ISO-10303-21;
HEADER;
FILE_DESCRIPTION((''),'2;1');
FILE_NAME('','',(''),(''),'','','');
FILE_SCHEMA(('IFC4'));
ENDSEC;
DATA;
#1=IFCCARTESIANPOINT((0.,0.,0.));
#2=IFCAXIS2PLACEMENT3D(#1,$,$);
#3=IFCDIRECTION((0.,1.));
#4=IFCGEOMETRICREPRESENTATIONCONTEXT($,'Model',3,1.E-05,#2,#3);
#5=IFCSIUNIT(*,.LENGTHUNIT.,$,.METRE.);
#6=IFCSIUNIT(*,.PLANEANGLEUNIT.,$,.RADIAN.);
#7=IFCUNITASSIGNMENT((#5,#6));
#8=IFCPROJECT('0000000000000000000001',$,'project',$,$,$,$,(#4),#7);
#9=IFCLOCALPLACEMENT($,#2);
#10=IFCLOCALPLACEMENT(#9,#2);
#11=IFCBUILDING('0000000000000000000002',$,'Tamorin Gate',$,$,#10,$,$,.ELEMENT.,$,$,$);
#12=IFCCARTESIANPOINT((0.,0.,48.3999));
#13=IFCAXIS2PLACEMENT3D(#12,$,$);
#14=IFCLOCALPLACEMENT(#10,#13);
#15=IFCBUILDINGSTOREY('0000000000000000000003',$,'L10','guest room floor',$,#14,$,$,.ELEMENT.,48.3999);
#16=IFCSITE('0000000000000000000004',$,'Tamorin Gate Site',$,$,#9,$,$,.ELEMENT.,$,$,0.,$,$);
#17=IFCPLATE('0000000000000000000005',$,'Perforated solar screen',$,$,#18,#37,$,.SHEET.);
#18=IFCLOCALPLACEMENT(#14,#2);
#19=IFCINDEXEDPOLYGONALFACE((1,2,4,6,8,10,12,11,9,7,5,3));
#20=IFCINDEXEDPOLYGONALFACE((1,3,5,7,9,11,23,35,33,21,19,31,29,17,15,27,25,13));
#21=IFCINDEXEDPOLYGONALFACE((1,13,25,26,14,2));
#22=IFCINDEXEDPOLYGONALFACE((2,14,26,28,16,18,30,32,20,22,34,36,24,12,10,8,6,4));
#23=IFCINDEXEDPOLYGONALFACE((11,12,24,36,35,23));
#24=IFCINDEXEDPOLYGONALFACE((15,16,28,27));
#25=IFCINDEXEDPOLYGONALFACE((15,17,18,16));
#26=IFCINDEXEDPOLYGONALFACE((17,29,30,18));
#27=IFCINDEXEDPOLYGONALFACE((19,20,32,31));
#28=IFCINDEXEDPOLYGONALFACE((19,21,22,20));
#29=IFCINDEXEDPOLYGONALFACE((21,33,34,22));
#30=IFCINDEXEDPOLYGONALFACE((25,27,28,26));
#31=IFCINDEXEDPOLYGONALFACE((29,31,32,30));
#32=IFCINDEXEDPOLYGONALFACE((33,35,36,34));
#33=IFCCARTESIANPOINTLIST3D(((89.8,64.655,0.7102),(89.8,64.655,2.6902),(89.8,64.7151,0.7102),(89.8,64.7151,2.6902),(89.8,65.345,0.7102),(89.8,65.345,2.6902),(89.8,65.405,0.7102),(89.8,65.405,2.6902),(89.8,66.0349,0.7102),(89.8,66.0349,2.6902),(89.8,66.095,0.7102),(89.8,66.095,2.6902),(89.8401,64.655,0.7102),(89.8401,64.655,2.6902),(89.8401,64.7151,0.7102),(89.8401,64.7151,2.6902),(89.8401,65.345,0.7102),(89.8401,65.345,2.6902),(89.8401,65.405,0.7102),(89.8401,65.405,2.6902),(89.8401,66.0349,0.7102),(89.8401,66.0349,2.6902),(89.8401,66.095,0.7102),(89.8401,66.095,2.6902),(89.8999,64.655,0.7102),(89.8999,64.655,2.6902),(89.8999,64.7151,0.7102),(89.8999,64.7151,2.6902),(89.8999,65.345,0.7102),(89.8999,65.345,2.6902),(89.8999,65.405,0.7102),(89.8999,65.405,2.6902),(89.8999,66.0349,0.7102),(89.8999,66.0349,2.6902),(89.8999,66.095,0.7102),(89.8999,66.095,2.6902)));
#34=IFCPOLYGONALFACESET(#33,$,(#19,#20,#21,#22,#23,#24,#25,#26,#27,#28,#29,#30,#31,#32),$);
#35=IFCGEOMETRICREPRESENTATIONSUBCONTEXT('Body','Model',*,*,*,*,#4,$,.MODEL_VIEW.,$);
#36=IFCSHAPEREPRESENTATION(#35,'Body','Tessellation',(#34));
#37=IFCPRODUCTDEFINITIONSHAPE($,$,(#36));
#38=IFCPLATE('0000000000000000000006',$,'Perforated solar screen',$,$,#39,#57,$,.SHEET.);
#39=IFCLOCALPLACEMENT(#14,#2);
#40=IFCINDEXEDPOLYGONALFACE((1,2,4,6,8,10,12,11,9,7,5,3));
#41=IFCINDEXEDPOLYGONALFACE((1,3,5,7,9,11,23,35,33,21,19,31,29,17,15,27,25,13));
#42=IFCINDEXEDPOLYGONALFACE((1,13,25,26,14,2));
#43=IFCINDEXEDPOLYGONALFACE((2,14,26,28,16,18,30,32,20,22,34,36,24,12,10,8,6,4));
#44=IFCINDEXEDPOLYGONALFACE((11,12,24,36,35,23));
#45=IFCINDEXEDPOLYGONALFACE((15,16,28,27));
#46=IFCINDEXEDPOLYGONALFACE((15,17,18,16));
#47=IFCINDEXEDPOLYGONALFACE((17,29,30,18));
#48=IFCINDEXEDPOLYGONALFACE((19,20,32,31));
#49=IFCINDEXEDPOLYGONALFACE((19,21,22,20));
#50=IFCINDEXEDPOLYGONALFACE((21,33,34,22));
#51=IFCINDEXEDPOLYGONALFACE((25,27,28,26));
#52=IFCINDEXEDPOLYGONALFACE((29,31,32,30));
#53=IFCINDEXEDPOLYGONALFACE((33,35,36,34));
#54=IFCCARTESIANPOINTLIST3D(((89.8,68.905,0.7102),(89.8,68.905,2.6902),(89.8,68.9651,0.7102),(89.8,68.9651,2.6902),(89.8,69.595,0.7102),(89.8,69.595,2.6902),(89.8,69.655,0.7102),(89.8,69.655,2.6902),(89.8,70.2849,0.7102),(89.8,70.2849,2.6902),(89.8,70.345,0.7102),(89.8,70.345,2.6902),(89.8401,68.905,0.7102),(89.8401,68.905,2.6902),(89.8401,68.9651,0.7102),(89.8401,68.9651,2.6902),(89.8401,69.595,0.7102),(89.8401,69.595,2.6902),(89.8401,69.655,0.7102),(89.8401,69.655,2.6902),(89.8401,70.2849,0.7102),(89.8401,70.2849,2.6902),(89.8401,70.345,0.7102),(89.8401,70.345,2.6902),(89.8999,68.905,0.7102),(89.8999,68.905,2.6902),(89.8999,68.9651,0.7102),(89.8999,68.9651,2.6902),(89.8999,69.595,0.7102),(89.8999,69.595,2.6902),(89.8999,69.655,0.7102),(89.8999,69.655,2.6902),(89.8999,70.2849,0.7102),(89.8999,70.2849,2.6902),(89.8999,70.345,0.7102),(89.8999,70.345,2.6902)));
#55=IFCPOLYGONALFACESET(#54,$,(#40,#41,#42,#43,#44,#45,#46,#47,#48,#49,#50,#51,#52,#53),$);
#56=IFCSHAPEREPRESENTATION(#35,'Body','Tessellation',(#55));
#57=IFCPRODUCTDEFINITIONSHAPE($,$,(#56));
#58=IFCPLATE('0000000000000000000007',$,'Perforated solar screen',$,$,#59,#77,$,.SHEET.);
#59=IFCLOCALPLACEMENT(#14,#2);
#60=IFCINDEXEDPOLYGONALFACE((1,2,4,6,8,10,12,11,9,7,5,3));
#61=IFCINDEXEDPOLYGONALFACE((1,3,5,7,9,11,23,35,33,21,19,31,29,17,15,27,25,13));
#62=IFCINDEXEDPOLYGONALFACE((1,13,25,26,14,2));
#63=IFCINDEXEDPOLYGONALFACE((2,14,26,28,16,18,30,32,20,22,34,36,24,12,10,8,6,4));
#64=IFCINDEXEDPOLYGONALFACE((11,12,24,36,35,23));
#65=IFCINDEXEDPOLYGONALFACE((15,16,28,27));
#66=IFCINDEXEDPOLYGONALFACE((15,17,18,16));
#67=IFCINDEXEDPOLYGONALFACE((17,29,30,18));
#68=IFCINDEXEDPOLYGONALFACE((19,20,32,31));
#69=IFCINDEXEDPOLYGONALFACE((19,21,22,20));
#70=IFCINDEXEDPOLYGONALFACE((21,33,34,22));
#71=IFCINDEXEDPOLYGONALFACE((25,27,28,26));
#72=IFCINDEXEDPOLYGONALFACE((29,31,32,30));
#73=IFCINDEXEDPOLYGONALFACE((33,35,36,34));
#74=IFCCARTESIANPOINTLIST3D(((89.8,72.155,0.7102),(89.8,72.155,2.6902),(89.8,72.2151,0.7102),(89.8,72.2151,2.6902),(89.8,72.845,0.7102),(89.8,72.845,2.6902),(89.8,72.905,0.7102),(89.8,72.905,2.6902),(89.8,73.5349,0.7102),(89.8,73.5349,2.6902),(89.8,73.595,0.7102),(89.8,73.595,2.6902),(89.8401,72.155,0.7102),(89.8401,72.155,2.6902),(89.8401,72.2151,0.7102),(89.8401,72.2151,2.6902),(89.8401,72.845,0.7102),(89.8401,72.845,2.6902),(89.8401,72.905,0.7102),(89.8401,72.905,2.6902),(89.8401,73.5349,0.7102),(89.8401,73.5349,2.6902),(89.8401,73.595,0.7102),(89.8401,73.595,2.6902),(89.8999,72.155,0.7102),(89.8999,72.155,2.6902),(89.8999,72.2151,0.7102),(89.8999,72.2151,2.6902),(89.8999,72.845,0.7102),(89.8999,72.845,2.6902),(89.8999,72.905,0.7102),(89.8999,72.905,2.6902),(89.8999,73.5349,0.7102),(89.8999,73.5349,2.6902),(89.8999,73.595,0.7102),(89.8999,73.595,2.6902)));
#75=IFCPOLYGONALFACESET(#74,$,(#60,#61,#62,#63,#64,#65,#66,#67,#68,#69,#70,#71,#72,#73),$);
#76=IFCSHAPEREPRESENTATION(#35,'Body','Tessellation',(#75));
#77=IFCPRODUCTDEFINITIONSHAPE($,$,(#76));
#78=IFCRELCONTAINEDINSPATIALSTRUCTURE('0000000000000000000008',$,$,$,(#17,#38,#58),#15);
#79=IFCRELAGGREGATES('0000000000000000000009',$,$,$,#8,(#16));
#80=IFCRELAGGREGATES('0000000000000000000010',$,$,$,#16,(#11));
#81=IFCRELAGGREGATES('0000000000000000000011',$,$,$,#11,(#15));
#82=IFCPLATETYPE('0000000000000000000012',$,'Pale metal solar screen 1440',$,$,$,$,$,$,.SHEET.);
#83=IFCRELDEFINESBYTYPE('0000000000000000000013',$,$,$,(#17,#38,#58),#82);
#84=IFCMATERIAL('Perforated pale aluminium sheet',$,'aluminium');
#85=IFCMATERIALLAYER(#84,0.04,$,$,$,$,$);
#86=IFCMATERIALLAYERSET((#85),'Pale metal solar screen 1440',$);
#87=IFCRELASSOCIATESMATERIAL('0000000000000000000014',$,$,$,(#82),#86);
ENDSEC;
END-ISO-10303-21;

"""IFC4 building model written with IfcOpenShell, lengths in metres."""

from ifc_helpers import new_model, si_unit, direction, frame, origin, place, context, subcontext, project, spatial, polyline, outline, extrude, material, layer, layer_set, type_object, element, save


model = new_model("IFC4")

# Units and contexts
model_context = context("Model", 3, precision=1e-05, world=origin(), true_north=direction((0.0, 1.0)))
body_context = subcontext(model_context, "Body", "Model", "MODEL_VIEW")
ifc_project = project(units=[si_unit("LENGTHUNIT", "METRE"), si_unit("PLANEANGLEUNIT", "RADIAN")], contexts=[model_context])

# Site, building, storey
site_placement = place(None, origin())
site = spatial("IfcSite", under=ifc_project, at=site_placement, Name="Tamorin Gate Site", CompositionType="ELEMENT", RefElevation=0.0)
building_placement = place(site_placement, origin())
building = spatial("IfcBuilding", under=site, at=building_placement, Name="Tamorin Gate", CompositionType="ELEMENT")
storey_placement = place(building_placement, frame((0.0, 0.0, 48.3999)))
storey = spatial("IfcBuildingStorey", under=building, at=storey_placement, Name="L10", Description="guest room floor", CompositionType="ELEMENT", Elevation=48.3999)

# Plates
ifc_material_1 = material(Name="Perforated pale aluminium sheet", Category="aluminium")
ifc_layer_1 = layer(ifc_material_1, 0.04)
ifc_layer_set_1 = layer_set([ifc_layer_1], Name="Pale metal solar screen 1440")
plate_type = type_object("IfcPlateType", Name="Pale metal solar screen 1440", PredefinedType="SHEET", material=ifc_layer_set_1)
plate_1_placement = place(storey_placement, frame((0.0, 0.0, 0.7102)))
element("IfcPlate", 1, at=plate_1_placement, inside=storey, type_object=plate_type, Name="Perforated solar screen", PredefinedType="SHEET", context=body_context, shape_type="SweptSolid", body=[
    extrude(outline(polyline([(89.8401, 64.655), (89.8, 64.655), (89.8, 64.7151), (89.8, 65.345), (89.8, 65.405), (89.8, 66.0349), (89.8, 66.095), (89.8401, 66.095), (89.8999, 66.095), (89.8999, 66.0349), (89.8401, 66.0349), (89.8401, 65.405), (89.8999, 65.405), (89.8999, 65.345), (89.8401, 65.345), (89.8401, 64.7151), (89.8999, 64.7151), (89.8999, 64.655), (89.8401, 64.655)])), origin(), (0.0, 0.0, 1.0), 1.98),
])
plate_2_placement = place(storey_placement, frame((0.0, 0.0, 0.7102)))
element("IfcPlate", 2, at=plate_2_placement, inside=storey, type_object=plate_type, Name="Perforated solar screen", PredefinedType="SHEET", context=body_context, shape_type="SweptSolid", body=[
    extrude(outline(polyline([(89.8401, 68.905), (89.8, 68.905), (89.8, 68.9651), (89.8, 69.595), (89.8, 69.655), (89.8, 70.2849), (89.8, 70.345), (89.8401, 70.345), (89.8999, 70.345), (89.8999, 70.2849), (89.8401, 70.2849), (89.8401, 69.655), (89.8999, 69.655), (89.8999, 69.595), (89.8401, 69.595), (89.8401, 68.9651), (89.8999, 68.9651), (89.8999, 68.905), (89.8401, 68.905)])), origin(), (0.0, 0.0, 1.0), 1.98),
])
plate_3_placement = place(storey_placement, frame((0.0, 0.0, 0.7102)))
element("IfcPlate", 3, at=plate_3_placement, inside=storey, type_object=plate_type, Name="Perforated solar screen", PredefinedType="SHEET", context=body_context, shape_type="SweptSolid", body=[
    extrude(outline(polyline([(89.8401, 72.155), (89.8, 72.155), (89.8, 72.2151), (89.8, 72.845), (89.8, 72.905), (89.8, 73.5349), (89.8, 73.595), (89.8401, 73.595), (89.8999, 73.595), (89.8999, 73.5349), (89.8401, 73.5349), (89.8401, 72.905), (89.8999, 72.905), (89.8999, 72.845), (89.8401, 72.845), (89.8401, 72.2151), (89.8999, 72.2151), (89.8999, 72.155), (89.8401, 72.155)])), origin(), (0.0, 0.0, 1.0), 1.98),
])

save(model, "model.ifc")
